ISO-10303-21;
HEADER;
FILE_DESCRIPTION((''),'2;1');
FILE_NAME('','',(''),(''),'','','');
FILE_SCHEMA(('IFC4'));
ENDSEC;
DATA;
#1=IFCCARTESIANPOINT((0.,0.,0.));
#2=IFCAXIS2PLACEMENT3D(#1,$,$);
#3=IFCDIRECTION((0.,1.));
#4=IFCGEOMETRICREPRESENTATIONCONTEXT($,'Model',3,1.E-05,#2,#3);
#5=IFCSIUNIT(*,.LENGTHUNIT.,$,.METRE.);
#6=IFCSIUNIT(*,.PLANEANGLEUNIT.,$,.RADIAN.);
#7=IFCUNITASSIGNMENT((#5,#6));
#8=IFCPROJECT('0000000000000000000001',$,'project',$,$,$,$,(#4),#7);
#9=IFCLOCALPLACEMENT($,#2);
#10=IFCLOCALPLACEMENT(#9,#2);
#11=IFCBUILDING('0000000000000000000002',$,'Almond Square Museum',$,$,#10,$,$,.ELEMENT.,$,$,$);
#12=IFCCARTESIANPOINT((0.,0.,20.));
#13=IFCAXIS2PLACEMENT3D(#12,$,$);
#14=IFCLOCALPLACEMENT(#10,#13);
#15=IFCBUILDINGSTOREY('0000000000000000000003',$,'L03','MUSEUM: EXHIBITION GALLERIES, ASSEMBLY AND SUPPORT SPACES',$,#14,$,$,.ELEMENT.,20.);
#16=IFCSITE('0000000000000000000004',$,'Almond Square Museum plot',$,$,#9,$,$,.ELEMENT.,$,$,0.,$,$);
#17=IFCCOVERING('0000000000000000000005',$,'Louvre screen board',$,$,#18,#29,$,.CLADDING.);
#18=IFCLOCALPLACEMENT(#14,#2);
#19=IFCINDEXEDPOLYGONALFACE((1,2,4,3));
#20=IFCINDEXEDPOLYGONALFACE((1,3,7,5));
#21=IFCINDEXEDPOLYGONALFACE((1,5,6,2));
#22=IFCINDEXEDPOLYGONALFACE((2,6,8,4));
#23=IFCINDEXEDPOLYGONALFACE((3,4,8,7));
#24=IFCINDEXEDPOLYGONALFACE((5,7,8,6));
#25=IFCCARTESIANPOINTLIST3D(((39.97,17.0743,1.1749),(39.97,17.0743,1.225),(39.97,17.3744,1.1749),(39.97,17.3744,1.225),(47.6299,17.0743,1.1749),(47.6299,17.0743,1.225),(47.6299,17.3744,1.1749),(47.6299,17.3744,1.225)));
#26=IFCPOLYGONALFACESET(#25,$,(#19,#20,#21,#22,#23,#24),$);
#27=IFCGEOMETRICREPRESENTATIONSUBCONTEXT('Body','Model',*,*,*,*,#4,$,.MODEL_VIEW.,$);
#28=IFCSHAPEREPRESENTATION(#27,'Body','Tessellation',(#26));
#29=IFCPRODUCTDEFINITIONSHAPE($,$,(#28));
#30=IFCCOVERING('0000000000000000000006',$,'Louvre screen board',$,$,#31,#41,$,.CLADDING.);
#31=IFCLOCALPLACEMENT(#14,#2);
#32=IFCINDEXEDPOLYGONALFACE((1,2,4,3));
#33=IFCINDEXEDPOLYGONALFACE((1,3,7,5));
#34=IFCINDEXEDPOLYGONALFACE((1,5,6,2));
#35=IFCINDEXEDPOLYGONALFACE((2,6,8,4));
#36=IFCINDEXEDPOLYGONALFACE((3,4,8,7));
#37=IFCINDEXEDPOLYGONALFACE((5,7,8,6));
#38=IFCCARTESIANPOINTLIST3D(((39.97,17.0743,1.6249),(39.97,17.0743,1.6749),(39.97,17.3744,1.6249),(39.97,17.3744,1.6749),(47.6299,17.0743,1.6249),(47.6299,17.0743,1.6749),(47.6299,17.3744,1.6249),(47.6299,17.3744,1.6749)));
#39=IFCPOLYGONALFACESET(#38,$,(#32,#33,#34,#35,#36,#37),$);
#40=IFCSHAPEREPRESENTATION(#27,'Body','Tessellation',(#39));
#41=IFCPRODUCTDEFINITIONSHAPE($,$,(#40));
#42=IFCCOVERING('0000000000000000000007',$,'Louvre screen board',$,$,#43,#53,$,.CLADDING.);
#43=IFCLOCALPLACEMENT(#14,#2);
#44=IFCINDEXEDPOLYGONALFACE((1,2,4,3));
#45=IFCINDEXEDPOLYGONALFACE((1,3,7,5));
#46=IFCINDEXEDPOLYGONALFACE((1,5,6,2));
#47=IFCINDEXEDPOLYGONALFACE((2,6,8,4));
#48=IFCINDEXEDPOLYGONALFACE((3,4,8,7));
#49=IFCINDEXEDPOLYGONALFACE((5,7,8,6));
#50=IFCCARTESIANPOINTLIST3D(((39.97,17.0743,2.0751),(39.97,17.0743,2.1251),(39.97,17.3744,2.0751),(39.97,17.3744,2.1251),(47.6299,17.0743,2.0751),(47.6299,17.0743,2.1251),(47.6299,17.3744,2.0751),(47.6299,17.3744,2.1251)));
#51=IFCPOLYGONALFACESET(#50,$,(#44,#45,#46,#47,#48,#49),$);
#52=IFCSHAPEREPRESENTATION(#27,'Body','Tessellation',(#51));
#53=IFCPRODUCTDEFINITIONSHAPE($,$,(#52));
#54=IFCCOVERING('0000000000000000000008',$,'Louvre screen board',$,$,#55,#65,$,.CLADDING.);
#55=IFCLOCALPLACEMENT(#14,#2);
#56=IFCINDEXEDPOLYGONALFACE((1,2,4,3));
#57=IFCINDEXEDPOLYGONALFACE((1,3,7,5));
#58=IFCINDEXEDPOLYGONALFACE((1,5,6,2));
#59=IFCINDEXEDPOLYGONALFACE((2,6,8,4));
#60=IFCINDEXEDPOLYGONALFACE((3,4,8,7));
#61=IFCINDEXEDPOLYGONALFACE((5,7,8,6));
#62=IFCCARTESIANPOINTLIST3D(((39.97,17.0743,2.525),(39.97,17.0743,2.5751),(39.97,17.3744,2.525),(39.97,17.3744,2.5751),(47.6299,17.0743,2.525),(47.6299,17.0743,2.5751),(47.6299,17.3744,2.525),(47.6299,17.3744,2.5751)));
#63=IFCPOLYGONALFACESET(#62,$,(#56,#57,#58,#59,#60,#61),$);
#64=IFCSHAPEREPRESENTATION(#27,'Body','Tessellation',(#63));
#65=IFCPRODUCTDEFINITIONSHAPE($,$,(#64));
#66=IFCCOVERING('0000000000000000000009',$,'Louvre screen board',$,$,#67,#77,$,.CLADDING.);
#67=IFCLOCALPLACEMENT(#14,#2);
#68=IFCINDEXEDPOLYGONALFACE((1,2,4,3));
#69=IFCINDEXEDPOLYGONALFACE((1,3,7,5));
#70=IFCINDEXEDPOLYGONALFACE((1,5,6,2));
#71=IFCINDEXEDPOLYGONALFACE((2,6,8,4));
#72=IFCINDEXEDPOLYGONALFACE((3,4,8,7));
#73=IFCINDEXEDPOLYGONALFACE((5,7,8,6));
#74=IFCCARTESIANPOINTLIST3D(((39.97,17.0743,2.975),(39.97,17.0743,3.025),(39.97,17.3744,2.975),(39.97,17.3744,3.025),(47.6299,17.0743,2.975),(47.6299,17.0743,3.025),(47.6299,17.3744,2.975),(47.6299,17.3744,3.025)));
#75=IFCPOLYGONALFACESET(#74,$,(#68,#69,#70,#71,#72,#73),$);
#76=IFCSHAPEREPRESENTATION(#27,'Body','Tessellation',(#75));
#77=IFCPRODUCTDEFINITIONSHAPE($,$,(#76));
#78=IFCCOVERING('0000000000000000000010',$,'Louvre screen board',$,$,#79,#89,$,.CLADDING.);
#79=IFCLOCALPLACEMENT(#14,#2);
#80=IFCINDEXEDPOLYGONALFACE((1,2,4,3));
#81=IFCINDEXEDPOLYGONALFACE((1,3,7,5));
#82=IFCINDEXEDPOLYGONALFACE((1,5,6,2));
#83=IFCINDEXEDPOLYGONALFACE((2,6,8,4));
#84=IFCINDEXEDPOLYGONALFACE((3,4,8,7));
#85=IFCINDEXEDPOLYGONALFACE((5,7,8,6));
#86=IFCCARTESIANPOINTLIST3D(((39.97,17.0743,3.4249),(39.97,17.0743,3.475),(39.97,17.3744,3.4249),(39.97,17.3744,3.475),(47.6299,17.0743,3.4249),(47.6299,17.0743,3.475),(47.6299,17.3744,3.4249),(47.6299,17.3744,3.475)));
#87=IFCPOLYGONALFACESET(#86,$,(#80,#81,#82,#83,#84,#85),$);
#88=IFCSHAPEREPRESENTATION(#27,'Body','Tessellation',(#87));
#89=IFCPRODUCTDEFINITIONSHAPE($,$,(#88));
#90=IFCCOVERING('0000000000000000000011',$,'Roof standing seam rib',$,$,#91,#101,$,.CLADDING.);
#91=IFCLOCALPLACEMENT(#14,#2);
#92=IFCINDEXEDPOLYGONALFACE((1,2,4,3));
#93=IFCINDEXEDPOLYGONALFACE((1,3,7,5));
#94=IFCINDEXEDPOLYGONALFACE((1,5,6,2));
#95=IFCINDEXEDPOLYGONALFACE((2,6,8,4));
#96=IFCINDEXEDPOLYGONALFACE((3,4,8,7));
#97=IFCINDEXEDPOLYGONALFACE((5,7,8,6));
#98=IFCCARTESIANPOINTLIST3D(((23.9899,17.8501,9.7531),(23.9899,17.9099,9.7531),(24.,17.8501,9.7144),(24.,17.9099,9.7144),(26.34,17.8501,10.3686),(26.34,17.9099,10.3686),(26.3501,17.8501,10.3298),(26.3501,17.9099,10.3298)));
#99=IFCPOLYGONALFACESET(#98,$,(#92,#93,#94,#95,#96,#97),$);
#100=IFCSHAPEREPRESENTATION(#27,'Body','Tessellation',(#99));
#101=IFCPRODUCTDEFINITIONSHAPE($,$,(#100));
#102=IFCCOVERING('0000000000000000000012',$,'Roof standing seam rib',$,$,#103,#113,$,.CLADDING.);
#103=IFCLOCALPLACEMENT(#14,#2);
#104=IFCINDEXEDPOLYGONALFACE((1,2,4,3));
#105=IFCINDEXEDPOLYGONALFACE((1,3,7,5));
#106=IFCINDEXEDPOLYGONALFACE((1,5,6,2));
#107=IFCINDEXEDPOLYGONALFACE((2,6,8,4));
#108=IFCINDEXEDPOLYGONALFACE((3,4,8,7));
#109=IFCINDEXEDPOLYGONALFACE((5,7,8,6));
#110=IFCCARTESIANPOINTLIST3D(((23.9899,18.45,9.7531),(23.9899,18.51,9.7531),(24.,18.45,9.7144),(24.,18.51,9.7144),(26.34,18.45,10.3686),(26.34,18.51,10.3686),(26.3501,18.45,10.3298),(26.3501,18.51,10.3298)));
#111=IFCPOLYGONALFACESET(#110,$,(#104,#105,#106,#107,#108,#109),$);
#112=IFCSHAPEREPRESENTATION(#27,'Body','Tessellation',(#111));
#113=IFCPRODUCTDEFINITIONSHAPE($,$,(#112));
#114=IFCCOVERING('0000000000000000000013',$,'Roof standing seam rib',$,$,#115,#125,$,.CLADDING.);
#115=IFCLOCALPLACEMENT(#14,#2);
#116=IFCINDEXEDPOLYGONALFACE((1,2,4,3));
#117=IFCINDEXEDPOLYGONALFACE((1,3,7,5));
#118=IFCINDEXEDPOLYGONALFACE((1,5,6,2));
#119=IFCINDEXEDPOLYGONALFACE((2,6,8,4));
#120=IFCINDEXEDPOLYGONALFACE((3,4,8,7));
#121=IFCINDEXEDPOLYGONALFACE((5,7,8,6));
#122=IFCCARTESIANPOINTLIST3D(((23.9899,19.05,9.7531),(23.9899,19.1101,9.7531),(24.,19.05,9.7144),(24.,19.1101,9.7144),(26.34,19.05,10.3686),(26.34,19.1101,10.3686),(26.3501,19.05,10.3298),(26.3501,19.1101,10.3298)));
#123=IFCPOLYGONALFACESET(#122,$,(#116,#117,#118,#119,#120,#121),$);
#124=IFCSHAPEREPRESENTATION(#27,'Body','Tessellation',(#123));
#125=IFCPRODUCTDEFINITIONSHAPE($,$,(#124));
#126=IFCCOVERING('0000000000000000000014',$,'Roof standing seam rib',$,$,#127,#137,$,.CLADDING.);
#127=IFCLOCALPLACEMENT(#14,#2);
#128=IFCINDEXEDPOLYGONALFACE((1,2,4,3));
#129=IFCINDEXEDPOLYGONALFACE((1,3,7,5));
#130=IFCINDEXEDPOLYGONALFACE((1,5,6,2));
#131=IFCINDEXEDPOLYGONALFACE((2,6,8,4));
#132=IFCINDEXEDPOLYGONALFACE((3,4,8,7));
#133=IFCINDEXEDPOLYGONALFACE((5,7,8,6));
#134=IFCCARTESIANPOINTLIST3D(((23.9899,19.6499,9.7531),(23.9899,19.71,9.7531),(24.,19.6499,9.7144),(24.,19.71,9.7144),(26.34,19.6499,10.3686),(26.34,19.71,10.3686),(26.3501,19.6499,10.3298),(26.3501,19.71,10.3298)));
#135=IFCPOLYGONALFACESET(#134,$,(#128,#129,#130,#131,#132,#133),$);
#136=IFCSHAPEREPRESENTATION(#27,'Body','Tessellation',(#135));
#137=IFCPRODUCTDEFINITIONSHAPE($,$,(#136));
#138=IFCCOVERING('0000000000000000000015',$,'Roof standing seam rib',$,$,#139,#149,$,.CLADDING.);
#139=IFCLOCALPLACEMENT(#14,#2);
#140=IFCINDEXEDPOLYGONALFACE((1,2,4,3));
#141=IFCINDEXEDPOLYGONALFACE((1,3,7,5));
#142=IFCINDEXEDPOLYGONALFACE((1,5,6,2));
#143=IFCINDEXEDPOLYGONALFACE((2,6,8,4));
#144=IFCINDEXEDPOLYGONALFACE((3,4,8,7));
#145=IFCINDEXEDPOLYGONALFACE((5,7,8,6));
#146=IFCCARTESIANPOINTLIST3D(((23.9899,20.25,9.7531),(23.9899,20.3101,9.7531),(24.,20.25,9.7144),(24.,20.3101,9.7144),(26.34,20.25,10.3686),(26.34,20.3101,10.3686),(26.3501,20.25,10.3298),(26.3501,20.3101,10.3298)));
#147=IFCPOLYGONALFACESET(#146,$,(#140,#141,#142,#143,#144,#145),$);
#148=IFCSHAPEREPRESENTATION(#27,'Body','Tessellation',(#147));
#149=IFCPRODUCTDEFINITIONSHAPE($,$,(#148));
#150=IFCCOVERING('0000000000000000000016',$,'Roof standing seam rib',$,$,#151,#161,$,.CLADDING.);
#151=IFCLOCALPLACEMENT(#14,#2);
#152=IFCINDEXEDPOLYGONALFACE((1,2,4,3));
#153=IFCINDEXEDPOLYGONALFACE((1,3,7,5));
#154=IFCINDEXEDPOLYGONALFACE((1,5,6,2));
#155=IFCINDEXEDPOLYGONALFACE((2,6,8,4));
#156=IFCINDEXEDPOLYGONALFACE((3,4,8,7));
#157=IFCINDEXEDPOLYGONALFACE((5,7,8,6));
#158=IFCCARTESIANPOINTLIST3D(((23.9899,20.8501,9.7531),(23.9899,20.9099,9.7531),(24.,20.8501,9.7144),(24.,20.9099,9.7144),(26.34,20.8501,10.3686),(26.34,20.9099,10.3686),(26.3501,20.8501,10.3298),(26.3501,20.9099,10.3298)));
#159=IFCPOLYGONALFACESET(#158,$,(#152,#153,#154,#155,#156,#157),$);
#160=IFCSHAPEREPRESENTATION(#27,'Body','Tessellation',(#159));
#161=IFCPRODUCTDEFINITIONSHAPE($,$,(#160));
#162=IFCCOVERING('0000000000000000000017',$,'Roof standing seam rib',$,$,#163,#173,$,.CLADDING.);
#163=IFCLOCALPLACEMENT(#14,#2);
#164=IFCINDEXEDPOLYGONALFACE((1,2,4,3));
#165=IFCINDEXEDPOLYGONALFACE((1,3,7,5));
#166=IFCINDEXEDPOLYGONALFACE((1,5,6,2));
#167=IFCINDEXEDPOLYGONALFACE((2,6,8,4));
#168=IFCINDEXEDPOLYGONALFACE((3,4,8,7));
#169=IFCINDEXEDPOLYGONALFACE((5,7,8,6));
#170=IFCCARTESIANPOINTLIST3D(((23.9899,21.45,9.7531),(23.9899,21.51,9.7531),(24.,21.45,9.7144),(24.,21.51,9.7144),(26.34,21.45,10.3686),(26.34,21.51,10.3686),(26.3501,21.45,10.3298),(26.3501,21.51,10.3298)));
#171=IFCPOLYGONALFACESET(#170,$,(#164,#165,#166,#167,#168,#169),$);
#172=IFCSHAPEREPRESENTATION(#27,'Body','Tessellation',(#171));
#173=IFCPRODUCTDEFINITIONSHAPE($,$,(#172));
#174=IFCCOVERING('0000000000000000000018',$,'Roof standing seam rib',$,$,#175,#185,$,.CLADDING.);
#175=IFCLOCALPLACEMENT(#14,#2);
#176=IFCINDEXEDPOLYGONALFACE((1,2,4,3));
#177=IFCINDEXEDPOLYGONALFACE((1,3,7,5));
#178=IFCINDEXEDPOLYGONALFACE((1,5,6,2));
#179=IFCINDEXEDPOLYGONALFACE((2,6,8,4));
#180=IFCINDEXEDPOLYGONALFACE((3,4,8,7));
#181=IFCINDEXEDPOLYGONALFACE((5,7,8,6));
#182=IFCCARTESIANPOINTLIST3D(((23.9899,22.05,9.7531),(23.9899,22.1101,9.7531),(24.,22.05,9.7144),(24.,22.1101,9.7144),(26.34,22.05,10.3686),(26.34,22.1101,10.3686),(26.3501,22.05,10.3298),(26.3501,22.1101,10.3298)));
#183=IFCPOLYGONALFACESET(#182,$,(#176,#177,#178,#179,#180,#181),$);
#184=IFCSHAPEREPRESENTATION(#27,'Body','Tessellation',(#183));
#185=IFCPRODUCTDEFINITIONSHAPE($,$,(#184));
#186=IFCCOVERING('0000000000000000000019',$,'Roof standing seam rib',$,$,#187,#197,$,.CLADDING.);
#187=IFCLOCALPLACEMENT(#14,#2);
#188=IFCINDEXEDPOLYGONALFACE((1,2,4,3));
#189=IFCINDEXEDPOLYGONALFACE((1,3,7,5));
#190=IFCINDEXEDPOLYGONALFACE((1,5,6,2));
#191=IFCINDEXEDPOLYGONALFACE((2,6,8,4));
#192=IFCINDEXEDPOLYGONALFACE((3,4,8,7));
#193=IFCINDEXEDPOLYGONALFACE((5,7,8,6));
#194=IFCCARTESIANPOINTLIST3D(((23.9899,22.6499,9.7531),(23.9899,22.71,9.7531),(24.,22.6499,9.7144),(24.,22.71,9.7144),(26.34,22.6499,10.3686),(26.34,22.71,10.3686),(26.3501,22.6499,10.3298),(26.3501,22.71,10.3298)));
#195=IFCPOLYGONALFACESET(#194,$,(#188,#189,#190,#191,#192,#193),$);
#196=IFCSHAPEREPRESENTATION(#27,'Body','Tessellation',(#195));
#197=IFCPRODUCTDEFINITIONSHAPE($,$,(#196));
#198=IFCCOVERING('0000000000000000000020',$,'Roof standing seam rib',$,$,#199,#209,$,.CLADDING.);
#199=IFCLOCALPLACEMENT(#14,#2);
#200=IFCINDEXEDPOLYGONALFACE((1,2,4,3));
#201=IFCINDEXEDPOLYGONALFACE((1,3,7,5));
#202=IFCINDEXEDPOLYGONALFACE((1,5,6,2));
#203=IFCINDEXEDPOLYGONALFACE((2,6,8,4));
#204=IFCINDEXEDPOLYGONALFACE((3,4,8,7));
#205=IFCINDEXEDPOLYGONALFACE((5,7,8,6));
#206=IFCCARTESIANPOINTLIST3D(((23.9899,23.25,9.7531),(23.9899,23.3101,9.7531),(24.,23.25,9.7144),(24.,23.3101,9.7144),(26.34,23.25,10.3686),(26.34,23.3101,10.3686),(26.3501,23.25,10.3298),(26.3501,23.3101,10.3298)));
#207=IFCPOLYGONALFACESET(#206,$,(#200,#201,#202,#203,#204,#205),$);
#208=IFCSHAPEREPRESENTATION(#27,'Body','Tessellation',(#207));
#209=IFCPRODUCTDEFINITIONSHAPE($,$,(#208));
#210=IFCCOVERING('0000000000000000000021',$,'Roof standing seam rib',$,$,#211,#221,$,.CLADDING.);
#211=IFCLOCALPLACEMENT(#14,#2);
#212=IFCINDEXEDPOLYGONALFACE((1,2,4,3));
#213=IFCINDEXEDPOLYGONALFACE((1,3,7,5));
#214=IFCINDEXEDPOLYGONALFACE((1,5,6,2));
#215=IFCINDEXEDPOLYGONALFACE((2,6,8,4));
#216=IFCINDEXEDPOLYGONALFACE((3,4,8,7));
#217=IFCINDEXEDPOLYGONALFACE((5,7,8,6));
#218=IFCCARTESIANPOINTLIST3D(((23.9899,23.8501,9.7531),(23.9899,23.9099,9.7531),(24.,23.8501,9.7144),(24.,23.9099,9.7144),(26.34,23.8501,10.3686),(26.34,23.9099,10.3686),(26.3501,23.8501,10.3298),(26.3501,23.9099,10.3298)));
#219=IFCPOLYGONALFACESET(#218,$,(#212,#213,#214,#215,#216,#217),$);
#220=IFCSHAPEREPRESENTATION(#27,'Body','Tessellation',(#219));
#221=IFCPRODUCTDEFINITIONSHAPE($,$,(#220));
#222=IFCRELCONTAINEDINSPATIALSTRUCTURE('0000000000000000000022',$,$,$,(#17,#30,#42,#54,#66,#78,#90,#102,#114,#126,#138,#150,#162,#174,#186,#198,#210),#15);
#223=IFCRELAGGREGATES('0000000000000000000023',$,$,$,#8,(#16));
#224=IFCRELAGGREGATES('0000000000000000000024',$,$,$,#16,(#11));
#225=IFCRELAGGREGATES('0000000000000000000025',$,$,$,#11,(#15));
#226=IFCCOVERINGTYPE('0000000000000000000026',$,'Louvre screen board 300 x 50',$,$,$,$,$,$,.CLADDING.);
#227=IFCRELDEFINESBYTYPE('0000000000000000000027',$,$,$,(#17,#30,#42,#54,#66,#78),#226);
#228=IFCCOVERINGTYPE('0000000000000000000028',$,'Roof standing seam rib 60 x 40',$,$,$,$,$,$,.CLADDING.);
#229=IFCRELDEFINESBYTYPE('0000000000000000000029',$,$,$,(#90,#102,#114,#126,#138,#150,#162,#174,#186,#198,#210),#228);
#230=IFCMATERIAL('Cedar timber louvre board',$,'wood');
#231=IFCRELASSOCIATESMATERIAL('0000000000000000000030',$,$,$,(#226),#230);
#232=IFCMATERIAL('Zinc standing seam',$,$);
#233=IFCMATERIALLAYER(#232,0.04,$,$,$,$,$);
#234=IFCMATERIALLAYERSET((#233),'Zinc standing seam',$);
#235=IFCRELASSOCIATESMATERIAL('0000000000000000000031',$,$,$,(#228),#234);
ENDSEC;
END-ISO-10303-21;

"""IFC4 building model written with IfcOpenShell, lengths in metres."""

from ifc_helpers import new_model, si_unit, direction, frame, origin, origin_2d, place, context, subcontext, project, spatial, polyline, rectangle, outline, extrude, material, layer, layer_set, material_profile, profile_set, type_object, element, save


model = new_model("IFC4")

# Units and contexts
model_context = context("Model", 3, precision=1e-05, world=origin(), true_north=direction((0.0, 1.0)))
body_context = subcontext(model_context, "Body", "Model", "MODEL_VIEW")
ifc_project = project(units=[si_unit("LENGTHUNIT", "METRE"), si_unit("PLANEANGLEUNIT", "RADIAN")], contexts=[model_context])

# Site, building, storey
site_placement = place(None, origin())
site = spatial("IfcSite", under=ifc_project, at=site_placement, Name="Almond Square Museum plot", CompositionType="ELEMENT", RefElevation=0.0)
building_placement = place(site_placement, origin())
building = spatial("IfcBuilding", under=site, at=building_placement, Name="Almond Square Museum", CompositionType="ELEMENT")
storey_placement = place(building_placement, frame((0.0, 0.0, 20.0)))
storey = spatial("IfcBuildingStorey", under=building, at=storey_placement, Name="L03", Description="MUSEUM: EXHIBITION GALLERIES, ASSEMBLY AND SUPPORT SPACES", CompositionType="ELEMENT", Elevation=20.0)

# Coverings
ifc_material_1 = material(Name="Cedar timber louvre board", Category="wood")
ifc_material_profile_1 = material_profile(ifc_material_1, rectangle(XDim=0.3, YDim=0.05, at=origin_2d()))
ifc_profile_set_1 = profile_set([ifc_material_profile_1], Name="Cedar timber louvre board")
covering_type_1 = type_object("IfcCoveringType", Name="Louvre screen board 300 x 50", PredefinedType="CLADDING", material=ifc_profile_set_1)
for number, where, z_axis, x_axis, name in (
    (1, (39.97, 17.2244, 1.2), (1.0, 0.0, 0.0), (0.0, 1.0, 0.0), "Louvre screen board"),
    (2, (39.97, 17.2244, 1.6499), (1.0, 0.0, 0.0), (0.0, 1.0, 0.0), "Louvre screen board"),
    (3, (39.97, 17.2244, 2.1001), (1.0, 0.0, 0.0), (0.0, 1.0, 0.0), "Louvre screen board"),
    (4, (39.97, 17.2244, 2.55), (1.0, 0.0, 0.0), (0.0, 1.0, 0.0), "Louvre screen board"),
    (5, (39.97, 17.2244, 3.0), (1.0, 0.0, 0.0), (0.0, 1.0, 0.0), "Louvre screen board"),
    (6, (39.97, 17.2244, 3.45), (1.0, 0.0, 0.0), (0.0, 1.0, 0.0), "Louvre screen board"),
):
    element("IfcCovering", number, at=place(storey_placement, frame(where, z_axis=z_axis, x_axis=x_axis)), inside=storey, type_object=covering_type_1, Name=name, PredefinedType="CLADDING", context=body_context, shape_type="SweptSolid", body=[
        extrude(rectangle(XDim=0.3, YDim=0.05, at=origin_2d()), origin(), (0.0, 0.0, 1.0), 7.6599),
    ])
ifc_material_2 = material(Name="Zinc standing seam")
ifc_layer = layer(ifc_material_2, 0.04)
ifc_layer_set = layer_set([ifc_layer], Name="Zinc standing seam")
covering_type_2 = type_object("IfcCoveringType", Name="Roof standing seam rib 60 x 40", PredefinedType="CLADDING", material=ifc_layer_set)
covering_1_placement = place(storey_placement, frame((26.3501, 17.9099, 10.3298), z_axis=(-0.25335, 0.0, 0.967375), x_axis=(-0.967375, 0.0, -0.25335)))
element("IfcCovering", 7, at=covering_1_placement, inside=storey, type_object=covering_type_2, Name="Roof standing seam rib", PredefinedType="CLADDING", context=body_context, shape_type="SweptSolid", body=[
    extrude(outline(polyline([(0.0, 0.0), (2.4294, 0.0), (2.4294, 0.0598), (0.0, 0.0598), (0.0, 0.0)])), origin(), (0.0, 0.0, 1.0), 0.04),
])
for number, where, z_axis, x_axis, name in (
    (8, (26.3501, 18.51, 10.3298), (-0.25335, 0.0, 0.967375), (-0.967375, 0.0, -0.25335), "Roof standing seam rib"),
    (9, (26.3501, 19.1101, 10.3298), (-0.25335, 0.0, 0.967375), (-0.967375, 0.0, -0.25335), "Roof standing seam rib"),
    (10, (26.3501, 19.71, 10.3298), (-0.25335, 0.0, 0.967375), (-0.967375, 0.0, -0.25335), "Roof standing seam rib"),
    (11, (26.3501, 20.3101, 10.3298), (-0.25335, 0.0, 0.967375), (-0.967375, 0.0, -0.25335), "Roof standing seam rib"),
):
    element("IfcCovering", number, at=place(storey_placement, frame(where, z_axis=z_axis, x_axis=x_axis)), inside=storey, type_object=covering_type_2, Name=name, PredefinedType="CLADDING", context=body_context, shape_type="SweptSolid", body=[
        extrude(outline(polyline([(0.0, 0.0), (2.4294, 0.0), (2.4294, 0.0601), (0.0, 0.0601), (0.0, 0.0)])), origin(), (0.0, 0.0, 1.0), 0.04),
    ])
covering_2_placement = place(storey_placement, frame((26.3501, 20.9099, 10.3298), z_axis=(-0.25335, 0.0, 0.967375), x_axis=(-0.967375, 0.0, -0.25335)))
element("IfcCovering", 12, at=covering_2_placement, inside=storey, type_object=covering_type_2, Name="Roof standing seam rib", PredefinedType="CLADDING", context=body_context, shape_type="SweptSolid", body=[
    extrude(outline(polyline([(0.0, 0.0), (2.4294, 0.0), (2.4294, 0.0598), (0.0, 0.0598), (0.0, 0.0)])), origin(), (0.0, 0.0, 1.0), 0.04),
])
for number, where, z_axis, x_axis, name in (
    (13, (26.3501, 21.51, 10.3298), (-0.25335, 0.0, 0.967375), (-0.967375, 0.0, -0.25335), "Roof standing seam rib"),
    (14, (26.3501, 22.1101, 10.3298), (-0.25335, 0.0, 0.967375), (-0.967375, 0.0, -0.25335), "Roof standing seam rib"),
    (15, (26.3501, 22.71, 10.3298), (-0.25335, 0.0, 0.967375), (-0.967375, 0.0, -0.25335), "Roof standing seam rib"),
    (16, (26.3501, 23.3101, 10.3298), (-0.25335, 0.0, 0.967375), (-0.967375, 0.0, -0.25335), "Roof standing seam rib"),
):
    element("IfcCovering", number, at=place(storey_placement, frame(where, z_axis=z_axis, x_axis=x_axis)), inside=storey, type_object=covering_type_2, Name=name, PredefinedType="CLADDING", context=body_context, shape_type="SweptSolid", body=[
        extrude(outline(polyline([(0.0, 0.0), (2.4294, 0.0), (2.4294, 0.0601), (0.0, 0.0601), (0.0, 0.0)])), origin(), (0.0, 0.0, 1.0), 0.04),
    ])
covering_3_placement = place(storey_placement, frame((26.3501, 23.9099, 10.3298), z_axis=(-0.25335, 0.0, 0.967375), x_axis=(-0.967375, 0.0, -0.25335)))
element("IfcCovering", 17, at=covering_3_placement, inside=storey, type_object=covering_type_2, Name="Roof standing seam rib", PredefinedType="CLADDING", context=body_context, shape_type="SweptSolid", body=[
    extrude(outline(polyline([(0.0, 0.0), (2.4294, 0.0), (2.4294, 0.0598), (0.0, 0.0598), (0.0, 0.0)])), origin(), (0.0, 0.0, 1.0), 0.04),
])

save(model, "model.ifc")
